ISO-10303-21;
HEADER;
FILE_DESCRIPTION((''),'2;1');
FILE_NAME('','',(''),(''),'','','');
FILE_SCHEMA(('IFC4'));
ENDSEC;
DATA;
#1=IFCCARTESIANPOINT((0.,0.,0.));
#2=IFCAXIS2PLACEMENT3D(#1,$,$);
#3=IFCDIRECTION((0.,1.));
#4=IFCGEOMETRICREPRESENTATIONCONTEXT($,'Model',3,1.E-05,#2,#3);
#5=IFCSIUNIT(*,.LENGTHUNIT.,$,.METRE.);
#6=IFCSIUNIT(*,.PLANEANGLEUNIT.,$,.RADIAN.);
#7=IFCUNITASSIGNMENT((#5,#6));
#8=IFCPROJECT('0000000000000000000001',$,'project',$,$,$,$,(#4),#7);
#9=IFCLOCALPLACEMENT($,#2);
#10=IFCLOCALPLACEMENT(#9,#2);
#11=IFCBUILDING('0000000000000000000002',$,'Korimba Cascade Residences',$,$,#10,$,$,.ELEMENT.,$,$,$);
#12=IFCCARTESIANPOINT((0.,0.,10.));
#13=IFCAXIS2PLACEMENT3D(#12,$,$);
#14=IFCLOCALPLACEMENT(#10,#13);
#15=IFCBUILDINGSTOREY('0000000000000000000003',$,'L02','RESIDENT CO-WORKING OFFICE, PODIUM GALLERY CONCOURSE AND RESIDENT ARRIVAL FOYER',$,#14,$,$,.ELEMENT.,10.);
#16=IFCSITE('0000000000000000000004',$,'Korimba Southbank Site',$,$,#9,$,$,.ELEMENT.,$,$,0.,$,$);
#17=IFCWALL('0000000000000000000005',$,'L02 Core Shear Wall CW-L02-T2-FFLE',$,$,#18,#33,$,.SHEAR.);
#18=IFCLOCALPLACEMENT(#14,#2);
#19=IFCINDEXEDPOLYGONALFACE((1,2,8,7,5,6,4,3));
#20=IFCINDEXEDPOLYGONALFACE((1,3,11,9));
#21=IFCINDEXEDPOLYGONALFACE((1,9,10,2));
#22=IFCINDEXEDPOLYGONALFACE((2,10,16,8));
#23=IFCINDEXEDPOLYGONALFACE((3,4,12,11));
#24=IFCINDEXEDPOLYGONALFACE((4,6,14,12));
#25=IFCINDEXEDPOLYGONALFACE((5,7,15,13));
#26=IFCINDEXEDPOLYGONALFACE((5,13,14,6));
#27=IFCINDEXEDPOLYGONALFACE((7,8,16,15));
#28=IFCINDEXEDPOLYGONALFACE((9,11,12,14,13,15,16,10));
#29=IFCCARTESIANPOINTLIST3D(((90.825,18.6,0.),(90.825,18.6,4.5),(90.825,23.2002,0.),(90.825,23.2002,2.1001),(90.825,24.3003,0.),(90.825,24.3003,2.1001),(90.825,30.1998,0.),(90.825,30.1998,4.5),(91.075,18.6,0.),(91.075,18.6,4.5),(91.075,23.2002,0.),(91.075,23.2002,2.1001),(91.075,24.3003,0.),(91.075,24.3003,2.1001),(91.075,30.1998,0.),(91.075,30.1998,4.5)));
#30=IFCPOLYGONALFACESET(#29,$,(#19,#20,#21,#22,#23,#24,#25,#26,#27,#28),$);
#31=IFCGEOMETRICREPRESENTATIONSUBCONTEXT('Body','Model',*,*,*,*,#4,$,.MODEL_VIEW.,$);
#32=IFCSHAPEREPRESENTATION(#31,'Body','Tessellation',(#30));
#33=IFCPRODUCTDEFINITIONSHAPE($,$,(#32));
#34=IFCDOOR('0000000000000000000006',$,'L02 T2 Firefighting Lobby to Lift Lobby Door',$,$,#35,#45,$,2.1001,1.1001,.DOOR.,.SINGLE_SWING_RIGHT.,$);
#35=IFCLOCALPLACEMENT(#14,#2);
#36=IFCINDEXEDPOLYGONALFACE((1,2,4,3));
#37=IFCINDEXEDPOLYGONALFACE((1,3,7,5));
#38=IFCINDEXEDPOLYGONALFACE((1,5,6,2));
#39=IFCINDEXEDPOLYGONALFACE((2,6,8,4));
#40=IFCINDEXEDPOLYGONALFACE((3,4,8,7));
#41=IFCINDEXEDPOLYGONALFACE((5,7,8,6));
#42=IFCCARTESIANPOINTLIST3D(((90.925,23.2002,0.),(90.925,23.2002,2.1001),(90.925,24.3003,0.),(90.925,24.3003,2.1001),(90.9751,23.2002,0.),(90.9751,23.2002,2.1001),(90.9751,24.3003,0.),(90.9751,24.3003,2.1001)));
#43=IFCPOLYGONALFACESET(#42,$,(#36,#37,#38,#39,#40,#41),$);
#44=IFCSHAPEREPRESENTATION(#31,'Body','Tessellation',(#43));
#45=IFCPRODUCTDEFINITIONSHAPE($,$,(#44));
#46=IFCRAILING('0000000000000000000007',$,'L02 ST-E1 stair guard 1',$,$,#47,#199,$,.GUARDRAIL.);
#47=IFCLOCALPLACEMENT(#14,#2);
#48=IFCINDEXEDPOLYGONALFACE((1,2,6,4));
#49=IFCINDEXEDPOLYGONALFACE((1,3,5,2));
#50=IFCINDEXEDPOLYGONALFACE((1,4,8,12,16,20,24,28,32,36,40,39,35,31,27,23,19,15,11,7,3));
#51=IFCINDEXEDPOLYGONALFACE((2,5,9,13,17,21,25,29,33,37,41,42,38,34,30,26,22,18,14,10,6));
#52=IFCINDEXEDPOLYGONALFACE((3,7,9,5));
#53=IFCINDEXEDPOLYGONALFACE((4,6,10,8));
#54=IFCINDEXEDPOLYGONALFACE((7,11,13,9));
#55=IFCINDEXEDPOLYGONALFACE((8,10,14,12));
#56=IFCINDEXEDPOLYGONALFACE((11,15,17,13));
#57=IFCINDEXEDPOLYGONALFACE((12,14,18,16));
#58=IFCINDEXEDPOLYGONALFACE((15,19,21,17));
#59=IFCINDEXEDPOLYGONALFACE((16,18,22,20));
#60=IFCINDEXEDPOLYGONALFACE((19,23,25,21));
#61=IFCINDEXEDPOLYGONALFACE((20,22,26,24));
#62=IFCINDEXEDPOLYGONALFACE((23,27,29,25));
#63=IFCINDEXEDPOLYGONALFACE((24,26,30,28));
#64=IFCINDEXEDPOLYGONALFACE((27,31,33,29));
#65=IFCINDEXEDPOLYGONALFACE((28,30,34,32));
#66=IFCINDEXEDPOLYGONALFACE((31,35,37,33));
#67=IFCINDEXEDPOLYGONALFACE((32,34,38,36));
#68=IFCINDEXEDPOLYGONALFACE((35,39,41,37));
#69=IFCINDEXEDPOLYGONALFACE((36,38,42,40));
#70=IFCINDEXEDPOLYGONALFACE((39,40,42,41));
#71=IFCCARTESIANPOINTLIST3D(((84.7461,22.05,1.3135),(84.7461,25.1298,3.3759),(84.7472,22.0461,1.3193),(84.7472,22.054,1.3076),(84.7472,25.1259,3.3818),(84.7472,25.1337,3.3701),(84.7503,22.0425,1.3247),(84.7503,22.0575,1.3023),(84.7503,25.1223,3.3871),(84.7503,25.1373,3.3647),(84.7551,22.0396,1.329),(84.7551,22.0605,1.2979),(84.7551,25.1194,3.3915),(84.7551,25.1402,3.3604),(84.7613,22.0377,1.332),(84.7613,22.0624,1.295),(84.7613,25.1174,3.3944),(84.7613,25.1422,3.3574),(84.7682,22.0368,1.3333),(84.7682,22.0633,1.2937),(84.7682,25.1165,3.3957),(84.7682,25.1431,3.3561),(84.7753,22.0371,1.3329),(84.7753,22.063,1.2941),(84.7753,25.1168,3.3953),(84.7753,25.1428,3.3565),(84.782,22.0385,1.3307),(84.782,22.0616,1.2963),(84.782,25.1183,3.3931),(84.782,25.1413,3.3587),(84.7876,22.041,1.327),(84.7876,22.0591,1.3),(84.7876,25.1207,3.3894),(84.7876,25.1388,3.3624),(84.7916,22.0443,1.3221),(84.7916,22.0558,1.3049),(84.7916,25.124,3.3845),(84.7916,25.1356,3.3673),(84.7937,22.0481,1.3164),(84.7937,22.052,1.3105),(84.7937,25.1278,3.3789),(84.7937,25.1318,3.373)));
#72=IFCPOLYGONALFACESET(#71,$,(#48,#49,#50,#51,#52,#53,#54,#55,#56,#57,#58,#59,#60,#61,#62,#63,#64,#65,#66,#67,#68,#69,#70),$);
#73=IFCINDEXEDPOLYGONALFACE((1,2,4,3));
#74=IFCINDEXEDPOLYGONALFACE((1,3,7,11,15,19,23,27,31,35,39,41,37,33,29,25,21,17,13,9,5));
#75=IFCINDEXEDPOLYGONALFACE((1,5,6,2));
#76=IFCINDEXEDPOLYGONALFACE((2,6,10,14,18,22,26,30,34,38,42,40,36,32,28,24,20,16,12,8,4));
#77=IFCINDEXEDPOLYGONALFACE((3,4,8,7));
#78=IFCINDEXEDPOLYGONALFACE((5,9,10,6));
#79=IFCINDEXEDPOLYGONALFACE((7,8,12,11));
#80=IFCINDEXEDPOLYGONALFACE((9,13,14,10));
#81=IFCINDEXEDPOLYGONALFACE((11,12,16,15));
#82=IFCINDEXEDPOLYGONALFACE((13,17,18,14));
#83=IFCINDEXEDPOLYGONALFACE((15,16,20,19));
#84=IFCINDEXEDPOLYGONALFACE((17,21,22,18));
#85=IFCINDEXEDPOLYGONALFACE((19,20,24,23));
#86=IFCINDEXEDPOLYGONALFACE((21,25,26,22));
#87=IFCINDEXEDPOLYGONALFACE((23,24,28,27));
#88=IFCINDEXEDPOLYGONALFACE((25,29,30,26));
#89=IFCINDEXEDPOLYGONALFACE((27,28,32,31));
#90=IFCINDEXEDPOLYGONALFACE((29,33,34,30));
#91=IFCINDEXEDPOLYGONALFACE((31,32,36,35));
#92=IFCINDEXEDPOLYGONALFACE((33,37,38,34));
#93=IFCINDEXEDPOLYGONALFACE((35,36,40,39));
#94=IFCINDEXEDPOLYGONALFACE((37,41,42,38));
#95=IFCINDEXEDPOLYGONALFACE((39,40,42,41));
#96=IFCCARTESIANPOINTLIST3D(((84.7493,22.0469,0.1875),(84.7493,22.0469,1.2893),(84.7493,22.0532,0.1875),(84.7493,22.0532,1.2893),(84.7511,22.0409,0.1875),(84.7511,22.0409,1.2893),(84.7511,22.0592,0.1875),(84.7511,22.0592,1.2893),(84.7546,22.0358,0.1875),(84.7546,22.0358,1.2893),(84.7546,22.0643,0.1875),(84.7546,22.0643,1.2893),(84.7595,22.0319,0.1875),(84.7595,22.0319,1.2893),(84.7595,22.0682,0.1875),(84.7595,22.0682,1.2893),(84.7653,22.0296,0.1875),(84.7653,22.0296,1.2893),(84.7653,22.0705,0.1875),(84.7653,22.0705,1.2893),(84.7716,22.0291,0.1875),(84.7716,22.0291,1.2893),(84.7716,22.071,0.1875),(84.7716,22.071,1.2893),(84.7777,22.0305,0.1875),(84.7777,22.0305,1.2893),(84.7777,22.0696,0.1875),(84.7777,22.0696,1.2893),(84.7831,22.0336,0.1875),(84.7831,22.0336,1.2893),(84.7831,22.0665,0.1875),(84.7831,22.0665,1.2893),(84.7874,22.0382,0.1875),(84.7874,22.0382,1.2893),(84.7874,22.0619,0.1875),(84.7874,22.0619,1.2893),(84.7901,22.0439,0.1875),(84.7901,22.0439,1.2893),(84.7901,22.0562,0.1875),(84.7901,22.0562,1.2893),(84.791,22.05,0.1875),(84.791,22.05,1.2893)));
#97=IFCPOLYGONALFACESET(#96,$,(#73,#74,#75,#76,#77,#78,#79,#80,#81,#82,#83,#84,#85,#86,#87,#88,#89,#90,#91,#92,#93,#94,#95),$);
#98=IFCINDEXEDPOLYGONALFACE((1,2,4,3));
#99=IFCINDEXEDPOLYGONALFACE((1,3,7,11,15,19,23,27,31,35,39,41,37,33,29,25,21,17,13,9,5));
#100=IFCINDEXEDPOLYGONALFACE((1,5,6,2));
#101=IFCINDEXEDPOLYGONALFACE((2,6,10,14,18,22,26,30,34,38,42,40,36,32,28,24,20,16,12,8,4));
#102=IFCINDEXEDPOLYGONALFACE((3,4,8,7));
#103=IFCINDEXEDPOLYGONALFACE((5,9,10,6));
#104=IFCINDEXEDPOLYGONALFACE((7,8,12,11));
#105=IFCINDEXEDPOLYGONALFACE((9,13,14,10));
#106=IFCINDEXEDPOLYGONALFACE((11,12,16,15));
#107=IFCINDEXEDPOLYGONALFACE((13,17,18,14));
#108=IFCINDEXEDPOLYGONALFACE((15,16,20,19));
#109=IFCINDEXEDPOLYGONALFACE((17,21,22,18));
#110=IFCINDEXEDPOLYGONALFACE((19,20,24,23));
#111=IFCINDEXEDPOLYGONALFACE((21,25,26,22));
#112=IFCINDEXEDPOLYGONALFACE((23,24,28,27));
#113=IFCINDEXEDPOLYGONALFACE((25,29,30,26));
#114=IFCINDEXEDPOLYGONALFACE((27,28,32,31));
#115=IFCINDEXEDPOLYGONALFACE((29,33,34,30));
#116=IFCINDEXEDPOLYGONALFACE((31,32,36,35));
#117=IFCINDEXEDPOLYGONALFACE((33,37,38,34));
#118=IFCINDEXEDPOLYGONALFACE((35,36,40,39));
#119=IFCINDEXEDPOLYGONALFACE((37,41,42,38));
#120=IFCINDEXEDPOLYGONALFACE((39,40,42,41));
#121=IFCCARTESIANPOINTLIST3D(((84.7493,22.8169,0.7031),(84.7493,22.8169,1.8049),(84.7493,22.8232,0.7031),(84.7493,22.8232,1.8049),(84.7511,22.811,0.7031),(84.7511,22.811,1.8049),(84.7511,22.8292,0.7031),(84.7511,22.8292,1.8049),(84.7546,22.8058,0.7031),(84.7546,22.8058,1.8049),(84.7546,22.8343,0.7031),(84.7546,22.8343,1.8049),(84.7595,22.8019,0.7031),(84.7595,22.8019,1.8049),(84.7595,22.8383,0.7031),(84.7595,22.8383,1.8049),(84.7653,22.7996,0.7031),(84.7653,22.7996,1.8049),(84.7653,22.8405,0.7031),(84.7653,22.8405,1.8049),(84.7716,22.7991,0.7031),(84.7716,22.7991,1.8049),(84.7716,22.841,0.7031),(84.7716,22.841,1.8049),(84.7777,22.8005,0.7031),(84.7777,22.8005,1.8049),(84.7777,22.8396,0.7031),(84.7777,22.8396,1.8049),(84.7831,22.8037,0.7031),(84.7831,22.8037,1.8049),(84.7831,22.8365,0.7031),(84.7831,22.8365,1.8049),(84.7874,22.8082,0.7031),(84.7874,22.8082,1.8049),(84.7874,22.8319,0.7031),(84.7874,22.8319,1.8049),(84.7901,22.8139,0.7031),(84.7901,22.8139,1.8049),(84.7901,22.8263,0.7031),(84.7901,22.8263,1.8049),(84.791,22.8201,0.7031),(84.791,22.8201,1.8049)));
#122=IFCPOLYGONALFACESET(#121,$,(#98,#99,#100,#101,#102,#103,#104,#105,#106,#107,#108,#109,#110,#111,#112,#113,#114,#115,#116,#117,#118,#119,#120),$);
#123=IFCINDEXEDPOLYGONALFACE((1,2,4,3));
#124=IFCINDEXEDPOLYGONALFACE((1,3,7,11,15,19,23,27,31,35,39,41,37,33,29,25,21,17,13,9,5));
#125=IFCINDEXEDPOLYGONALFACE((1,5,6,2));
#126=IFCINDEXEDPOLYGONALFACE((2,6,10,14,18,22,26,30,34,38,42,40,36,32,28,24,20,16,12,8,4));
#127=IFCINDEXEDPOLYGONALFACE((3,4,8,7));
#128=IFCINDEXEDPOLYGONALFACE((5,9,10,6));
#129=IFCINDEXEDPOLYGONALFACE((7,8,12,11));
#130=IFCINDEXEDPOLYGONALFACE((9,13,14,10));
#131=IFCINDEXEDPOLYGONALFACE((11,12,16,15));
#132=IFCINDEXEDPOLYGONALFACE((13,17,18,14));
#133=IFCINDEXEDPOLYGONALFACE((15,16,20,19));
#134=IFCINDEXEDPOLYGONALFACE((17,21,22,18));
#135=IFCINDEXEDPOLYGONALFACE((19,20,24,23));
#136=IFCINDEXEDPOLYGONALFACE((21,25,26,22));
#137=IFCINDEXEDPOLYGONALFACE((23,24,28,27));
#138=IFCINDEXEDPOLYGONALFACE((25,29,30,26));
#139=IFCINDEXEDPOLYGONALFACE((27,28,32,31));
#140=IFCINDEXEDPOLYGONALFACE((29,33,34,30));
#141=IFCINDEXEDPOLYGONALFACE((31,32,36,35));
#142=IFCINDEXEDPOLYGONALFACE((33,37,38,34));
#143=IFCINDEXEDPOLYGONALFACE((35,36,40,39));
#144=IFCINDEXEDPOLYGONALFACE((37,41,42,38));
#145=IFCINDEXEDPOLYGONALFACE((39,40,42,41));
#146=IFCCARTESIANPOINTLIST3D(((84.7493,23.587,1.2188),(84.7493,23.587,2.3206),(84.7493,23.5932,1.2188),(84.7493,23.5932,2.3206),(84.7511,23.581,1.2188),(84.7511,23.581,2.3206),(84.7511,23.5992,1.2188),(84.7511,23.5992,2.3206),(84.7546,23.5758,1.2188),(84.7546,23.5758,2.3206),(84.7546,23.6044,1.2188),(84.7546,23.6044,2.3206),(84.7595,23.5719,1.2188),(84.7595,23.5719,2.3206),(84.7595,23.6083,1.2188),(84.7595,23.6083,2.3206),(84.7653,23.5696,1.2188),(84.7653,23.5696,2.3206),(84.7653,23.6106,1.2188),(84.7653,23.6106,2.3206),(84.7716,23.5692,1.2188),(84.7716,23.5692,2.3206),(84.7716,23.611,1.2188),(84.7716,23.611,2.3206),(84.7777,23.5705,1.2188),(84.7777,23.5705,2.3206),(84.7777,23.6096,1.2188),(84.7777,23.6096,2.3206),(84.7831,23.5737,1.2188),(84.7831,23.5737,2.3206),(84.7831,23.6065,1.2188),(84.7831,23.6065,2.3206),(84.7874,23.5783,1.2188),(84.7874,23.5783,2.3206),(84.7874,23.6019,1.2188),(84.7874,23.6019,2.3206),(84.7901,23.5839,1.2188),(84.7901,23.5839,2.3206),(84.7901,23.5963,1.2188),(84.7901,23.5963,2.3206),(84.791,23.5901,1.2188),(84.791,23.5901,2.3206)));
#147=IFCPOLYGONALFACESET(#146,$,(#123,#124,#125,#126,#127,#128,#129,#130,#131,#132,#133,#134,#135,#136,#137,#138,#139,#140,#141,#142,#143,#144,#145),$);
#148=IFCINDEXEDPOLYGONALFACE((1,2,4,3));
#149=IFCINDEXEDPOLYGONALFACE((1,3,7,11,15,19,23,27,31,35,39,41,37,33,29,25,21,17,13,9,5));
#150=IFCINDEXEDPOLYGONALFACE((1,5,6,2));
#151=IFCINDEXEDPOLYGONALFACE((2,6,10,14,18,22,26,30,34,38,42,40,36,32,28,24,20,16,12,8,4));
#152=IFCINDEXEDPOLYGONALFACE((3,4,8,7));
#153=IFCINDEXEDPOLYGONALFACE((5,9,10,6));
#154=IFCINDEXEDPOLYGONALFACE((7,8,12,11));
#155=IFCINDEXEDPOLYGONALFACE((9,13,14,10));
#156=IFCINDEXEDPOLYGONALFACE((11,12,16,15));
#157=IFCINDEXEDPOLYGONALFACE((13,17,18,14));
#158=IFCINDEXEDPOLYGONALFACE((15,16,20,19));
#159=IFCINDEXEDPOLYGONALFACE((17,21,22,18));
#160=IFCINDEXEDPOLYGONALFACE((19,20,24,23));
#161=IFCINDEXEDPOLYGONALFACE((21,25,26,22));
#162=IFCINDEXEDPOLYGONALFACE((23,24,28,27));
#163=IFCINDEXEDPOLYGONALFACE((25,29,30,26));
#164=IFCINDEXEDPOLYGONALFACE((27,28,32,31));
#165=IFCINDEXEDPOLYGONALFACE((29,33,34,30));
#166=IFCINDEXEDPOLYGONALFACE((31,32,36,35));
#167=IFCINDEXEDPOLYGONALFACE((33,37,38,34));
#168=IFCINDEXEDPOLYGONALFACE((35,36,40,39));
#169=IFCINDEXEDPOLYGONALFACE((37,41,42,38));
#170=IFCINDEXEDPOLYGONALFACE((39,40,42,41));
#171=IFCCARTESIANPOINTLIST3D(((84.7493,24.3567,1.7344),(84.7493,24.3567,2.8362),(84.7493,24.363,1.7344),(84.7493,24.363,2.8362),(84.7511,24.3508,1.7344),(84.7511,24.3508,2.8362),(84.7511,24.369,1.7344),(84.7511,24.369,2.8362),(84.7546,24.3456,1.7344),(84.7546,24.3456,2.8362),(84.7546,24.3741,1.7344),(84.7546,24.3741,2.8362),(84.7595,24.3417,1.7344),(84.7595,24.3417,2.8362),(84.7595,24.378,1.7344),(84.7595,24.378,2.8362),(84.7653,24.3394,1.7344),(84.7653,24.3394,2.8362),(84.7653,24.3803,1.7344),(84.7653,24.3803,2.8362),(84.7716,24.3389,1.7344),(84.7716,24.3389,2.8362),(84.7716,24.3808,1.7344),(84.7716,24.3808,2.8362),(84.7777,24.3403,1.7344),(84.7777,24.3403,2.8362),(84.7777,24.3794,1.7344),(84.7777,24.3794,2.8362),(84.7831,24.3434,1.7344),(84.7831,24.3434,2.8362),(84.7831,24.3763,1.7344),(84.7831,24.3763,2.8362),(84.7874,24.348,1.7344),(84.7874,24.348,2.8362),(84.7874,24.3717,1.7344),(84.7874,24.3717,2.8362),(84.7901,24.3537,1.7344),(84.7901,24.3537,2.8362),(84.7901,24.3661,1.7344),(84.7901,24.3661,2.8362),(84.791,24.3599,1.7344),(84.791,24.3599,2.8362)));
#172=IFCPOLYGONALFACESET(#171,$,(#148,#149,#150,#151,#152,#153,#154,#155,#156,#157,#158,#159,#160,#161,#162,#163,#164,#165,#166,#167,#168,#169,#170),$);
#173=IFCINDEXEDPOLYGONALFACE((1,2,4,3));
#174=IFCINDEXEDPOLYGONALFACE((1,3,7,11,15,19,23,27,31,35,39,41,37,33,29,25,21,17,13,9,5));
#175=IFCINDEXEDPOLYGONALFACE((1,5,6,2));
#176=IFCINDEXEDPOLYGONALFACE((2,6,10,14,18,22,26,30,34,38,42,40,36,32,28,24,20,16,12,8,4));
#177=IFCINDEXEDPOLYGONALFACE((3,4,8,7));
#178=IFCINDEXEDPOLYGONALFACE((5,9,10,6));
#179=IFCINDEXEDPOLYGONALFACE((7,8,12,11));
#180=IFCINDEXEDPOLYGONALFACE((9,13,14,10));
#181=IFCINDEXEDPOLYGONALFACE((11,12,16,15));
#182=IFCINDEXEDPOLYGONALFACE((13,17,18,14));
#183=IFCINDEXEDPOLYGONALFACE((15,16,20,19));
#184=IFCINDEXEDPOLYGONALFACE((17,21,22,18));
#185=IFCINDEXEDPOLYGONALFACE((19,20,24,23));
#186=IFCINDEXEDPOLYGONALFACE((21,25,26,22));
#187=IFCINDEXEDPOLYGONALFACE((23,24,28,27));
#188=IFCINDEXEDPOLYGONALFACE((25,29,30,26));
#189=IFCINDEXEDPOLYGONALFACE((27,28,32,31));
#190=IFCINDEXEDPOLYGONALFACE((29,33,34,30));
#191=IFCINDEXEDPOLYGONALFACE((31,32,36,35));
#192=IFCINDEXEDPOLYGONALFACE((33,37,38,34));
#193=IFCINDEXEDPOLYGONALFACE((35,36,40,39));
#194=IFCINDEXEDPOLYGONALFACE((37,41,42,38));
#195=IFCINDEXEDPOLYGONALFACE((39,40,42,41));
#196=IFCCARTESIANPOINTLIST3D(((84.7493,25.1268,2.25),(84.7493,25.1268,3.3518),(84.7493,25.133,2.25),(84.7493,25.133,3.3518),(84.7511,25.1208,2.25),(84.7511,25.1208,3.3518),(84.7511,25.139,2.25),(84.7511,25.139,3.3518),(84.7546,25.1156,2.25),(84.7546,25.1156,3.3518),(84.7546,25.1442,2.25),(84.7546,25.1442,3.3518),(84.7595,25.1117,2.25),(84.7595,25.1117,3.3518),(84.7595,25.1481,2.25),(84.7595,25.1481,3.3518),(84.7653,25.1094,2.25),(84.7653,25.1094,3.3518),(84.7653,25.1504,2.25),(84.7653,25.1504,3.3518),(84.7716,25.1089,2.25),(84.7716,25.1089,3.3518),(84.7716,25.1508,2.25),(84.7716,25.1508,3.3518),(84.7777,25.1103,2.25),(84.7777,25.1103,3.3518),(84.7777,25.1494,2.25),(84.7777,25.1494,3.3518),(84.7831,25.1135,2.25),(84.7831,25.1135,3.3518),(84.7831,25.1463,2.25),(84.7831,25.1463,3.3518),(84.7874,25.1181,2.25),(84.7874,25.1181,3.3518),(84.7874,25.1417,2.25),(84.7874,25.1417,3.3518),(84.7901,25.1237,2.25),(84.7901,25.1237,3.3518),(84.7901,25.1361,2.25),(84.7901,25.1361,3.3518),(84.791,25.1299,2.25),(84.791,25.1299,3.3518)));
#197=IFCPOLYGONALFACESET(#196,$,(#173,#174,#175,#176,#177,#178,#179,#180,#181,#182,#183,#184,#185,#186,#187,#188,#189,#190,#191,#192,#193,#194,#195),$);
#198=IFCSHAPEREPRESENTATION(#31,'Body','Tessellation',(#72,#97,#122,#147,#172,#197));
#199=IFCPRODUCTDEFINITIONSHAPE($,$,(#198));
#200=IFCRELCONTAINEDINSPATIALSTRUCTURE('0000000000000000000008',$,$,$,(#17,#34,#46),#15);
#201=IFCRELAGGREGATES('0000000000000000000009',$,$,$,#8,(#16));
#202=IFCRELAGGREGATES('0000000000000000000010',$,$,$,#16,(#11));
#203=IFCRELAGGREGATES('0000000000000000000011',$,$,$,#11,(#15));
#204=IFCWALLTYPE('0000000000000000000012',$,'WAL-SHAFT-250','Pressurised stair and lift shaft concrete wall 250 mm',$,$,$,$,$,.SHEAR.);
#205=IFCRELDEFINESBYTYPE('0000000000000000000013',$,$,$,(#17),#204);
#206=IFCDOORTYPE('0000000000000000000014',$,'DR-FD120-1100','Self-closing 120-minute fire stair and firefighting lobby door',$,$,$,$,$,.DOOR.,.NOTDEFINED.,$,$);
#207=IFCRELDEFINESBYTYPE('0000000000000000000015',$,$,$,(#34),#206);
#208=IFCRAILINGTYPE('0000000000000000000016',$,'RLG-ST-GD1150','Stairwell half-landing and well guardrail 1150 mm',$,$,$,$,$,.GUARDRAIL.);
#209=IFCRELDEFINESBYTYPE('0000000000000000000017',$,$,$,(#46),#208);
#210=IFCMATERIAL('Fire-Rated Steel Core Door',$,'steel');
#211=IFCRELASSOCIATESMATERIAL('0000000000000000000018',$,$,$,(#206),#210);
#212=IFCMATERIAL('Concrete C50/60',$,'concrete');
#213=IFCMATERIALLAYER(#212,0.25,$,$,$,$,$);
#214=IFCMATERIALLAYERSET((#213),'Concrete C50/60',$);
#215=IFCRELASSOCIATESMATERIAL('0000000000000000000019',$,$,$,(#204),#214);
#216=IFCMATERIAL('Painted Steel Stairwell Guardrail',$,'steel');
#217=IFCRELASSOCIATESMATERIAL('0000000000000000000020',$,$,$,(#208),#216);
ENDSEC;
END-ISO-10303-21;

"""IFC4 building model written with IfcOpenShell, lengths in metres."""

from ifc_helpers import new_model, si_unit, direction, frame, frame_2d, origin, origin_2d, place, context, subcontext, project, spatial, rectangle, circle, extrude, material, layer, layer_set, type_object, element, fill, save


model = new_model("IFC4")

# Units and contexts
model_context = context("Model", 3, precision=1e-05, world=origin(), true_north=direction((0.0, 1.0)))
body_context = subcontext(model_context, "Body", "Model", "MODEL_VIEW")
ifc_project = project(units=[si_unit("LENGTHUNIT", "METRE"), si_unit("PLANEANGLEUNIT", "RADIAN")], contexts=[model_context])

# Site, building, storey
site_placement = place(None, origin())
site = spatial("IfcSite", under=ifc_project, at=site_placement, Name="Korimba Southbank Site", CompositionType="ELEMENT", RefElevation=0.0)
building_placement = place(site_placement, origin())
building = spatial("IfcBuilding", under=site, at=building_placement, Name="Korimba Cascade Residences", CompositionType="ELEMENT")
storey_placement = place(building_placement, frame((0.0, 0.0, 10.0)))
storey = spatial("IfcBuildingStorey", under=building, at=storey_placement, Name="L02", Description="RESIDENT CO-WORKING OFFICE, PODIUM GALLERY CONCOURSE AND RESIDENT ARRIVAL FOYER", CompositionType="ELEMENT", Elevation=10.0)

# Shared definitions
ifc_material_1 = material(Name="Concrete C50/60", Category="concrete")

# Shared definitions
ifc_material_2 = material(Name="Fire-Rated Steel Core Door", Category="steel")
door_type_1 = type_object("IfcDoorType", Name="DR-FD120-1100", Description="Self-closing 120-minute fire stair and firefighting lobby door", OperationType="NOTDEFINED", PredefinedType="DOOR", material=ifc_material_2)

# Shared definitions
ifc_layer_1 = layer(ifc_material_1, 0.25)
ifc_layer_set_1 = layer_set([ifc_layer_1], Name="Concrete C50/60")
wall_type_1 = type_object("IfcWallType", Name="WAL-SHAFT-250", Description="Pressurised stair and lift shaft concrete wall 250 mm", PredefinedType="SHEAR", material=ifc_layer_set_1)

# Wall, opening, door
wall_1_placement = place(storey_placement, frame((90.95, 18.6001, 0.0), z_axis=(0.0, 0.0, 1.0), x_axis=(0.0, 1.0, 0.0)))
wall_1 = element("IfcWall", 1, at=wall_1_placement, inside=storey, type_object=wall_type_1, Name="L02 Core Shear Wall CW-L02-T2-FFLE", PredefinedType="SHEAR", context=body_context, shape_type="SweptSolid", body=[
    extrude(rectangle(XDim=11.5999, YDim=0.25, at=frame_2d((5.7998, 0.0))), origin(), (0.0, 0.0, 1.0), 4.5),
])
opening_1_placement = place(wall_1_placement, frame((4.6001, 0.0, 0.0)))
opening_1 = element("IfcOpeningElement", 2, at=opening_1_placement, cuts=wall_1, PredefinedType="OPENING", context=body_context, shape_type="SweptSolid", body=[
    extrude(rectangle(XDim=1.1001, YDim=2.1001, at=frame_2d((0.55, 1.05))), frame((0.0, 0.135, 0.0), z_axis=(0.0, -1.0, 0.0), x_axis=(1.0, 0.0, 0.0)), (0.0, 0.0, 1.0), 0.27),
])
door_1_placement = place(opening_1_placement, origin())
door_1 = element("IfcDoor", 3, at=door_1_placement, inside=storey, type_object=door_type_1, Name="L02 T2 Firefighting Lobby to Lift Lobby Door", OperationType="SINGLE_SWING_RIGHT", OverallHeight=2.1001, OverallWidth=1.1001, PredefinedType="DOOR", context=body_context, shape_type="SweptSolid", body=[
    extrude(rectangle(XDim=1.1001, YDim=2.1001, at=frame_2d((0.55, 1.05))), frame((0.0, 0.0249, 0.0), z_axis=(0.0, -1.0, 0.0), x_axis=(1.0, 0.0, 0.0)), (0.0, 0.0, 1.0), 0.05),
])
fill(opening_1, door_1)

# Railing
ifc_material_3 = material(Name="Painted Steel Stairwell Guardrail", Category="steel")
railing_type = type_object("IfcRailingType", Name="RLG-ST-GD1150", Description="Stairwell half-landing and well guardrail 1150 mm", PredefinedType="GUARDRAIL", material=ifc_material_3)
railing_placement = place(storey_placement, frame((84.77, 22.05, 0.1875)))
element("IfcRailing", 4, at=railing_placement, inside=storey, type_object=railing_type, Name="L02 ST-E1 stair guard 1", PredefinedType="GUARDRAIL", context=body_context, shape_type="SweptSolid", body=[
    extrude(circle(Radius=0.0239, at=origin_2d()), frame((0.0, 0.0, 1.126), z_axis=(0.0, 0.830893, 0.556432), x_axis=(-1.0, 0.0, 0.0)), (0.0, 0.0, 1.0), 3.7065),
    extrude(circle(Radius=0.021, at=origin_2d()), origin(), (0.0, 0.0, 1.0), 1.1018),
    extrude(circle(Radius=0.021, at=origin_2d()), frame((0.0, 0.77, 0.5156)), (0.0, 0.0, 1.0), 1.1018),
    extrude(circle(Radius=0.021, at=origin_2d()), frame((0.0, 1.54, 1.0312)), (0.0, 0.0, 1.0), 1.1018),
    extrude(circle(Radius=0.021, at=origin_2d()), frame((0.0, 2.3098, 1.5469)), (0.0, 0.0, 1.0), 1.1018),
    extrude(circle(Radius=0.021, at=origin_2d()), frame((0.0, 3.0798, 2.0625)), (0.0, 0.0, 1.0), 1.1018),
])

save(model, "model.ifc")
